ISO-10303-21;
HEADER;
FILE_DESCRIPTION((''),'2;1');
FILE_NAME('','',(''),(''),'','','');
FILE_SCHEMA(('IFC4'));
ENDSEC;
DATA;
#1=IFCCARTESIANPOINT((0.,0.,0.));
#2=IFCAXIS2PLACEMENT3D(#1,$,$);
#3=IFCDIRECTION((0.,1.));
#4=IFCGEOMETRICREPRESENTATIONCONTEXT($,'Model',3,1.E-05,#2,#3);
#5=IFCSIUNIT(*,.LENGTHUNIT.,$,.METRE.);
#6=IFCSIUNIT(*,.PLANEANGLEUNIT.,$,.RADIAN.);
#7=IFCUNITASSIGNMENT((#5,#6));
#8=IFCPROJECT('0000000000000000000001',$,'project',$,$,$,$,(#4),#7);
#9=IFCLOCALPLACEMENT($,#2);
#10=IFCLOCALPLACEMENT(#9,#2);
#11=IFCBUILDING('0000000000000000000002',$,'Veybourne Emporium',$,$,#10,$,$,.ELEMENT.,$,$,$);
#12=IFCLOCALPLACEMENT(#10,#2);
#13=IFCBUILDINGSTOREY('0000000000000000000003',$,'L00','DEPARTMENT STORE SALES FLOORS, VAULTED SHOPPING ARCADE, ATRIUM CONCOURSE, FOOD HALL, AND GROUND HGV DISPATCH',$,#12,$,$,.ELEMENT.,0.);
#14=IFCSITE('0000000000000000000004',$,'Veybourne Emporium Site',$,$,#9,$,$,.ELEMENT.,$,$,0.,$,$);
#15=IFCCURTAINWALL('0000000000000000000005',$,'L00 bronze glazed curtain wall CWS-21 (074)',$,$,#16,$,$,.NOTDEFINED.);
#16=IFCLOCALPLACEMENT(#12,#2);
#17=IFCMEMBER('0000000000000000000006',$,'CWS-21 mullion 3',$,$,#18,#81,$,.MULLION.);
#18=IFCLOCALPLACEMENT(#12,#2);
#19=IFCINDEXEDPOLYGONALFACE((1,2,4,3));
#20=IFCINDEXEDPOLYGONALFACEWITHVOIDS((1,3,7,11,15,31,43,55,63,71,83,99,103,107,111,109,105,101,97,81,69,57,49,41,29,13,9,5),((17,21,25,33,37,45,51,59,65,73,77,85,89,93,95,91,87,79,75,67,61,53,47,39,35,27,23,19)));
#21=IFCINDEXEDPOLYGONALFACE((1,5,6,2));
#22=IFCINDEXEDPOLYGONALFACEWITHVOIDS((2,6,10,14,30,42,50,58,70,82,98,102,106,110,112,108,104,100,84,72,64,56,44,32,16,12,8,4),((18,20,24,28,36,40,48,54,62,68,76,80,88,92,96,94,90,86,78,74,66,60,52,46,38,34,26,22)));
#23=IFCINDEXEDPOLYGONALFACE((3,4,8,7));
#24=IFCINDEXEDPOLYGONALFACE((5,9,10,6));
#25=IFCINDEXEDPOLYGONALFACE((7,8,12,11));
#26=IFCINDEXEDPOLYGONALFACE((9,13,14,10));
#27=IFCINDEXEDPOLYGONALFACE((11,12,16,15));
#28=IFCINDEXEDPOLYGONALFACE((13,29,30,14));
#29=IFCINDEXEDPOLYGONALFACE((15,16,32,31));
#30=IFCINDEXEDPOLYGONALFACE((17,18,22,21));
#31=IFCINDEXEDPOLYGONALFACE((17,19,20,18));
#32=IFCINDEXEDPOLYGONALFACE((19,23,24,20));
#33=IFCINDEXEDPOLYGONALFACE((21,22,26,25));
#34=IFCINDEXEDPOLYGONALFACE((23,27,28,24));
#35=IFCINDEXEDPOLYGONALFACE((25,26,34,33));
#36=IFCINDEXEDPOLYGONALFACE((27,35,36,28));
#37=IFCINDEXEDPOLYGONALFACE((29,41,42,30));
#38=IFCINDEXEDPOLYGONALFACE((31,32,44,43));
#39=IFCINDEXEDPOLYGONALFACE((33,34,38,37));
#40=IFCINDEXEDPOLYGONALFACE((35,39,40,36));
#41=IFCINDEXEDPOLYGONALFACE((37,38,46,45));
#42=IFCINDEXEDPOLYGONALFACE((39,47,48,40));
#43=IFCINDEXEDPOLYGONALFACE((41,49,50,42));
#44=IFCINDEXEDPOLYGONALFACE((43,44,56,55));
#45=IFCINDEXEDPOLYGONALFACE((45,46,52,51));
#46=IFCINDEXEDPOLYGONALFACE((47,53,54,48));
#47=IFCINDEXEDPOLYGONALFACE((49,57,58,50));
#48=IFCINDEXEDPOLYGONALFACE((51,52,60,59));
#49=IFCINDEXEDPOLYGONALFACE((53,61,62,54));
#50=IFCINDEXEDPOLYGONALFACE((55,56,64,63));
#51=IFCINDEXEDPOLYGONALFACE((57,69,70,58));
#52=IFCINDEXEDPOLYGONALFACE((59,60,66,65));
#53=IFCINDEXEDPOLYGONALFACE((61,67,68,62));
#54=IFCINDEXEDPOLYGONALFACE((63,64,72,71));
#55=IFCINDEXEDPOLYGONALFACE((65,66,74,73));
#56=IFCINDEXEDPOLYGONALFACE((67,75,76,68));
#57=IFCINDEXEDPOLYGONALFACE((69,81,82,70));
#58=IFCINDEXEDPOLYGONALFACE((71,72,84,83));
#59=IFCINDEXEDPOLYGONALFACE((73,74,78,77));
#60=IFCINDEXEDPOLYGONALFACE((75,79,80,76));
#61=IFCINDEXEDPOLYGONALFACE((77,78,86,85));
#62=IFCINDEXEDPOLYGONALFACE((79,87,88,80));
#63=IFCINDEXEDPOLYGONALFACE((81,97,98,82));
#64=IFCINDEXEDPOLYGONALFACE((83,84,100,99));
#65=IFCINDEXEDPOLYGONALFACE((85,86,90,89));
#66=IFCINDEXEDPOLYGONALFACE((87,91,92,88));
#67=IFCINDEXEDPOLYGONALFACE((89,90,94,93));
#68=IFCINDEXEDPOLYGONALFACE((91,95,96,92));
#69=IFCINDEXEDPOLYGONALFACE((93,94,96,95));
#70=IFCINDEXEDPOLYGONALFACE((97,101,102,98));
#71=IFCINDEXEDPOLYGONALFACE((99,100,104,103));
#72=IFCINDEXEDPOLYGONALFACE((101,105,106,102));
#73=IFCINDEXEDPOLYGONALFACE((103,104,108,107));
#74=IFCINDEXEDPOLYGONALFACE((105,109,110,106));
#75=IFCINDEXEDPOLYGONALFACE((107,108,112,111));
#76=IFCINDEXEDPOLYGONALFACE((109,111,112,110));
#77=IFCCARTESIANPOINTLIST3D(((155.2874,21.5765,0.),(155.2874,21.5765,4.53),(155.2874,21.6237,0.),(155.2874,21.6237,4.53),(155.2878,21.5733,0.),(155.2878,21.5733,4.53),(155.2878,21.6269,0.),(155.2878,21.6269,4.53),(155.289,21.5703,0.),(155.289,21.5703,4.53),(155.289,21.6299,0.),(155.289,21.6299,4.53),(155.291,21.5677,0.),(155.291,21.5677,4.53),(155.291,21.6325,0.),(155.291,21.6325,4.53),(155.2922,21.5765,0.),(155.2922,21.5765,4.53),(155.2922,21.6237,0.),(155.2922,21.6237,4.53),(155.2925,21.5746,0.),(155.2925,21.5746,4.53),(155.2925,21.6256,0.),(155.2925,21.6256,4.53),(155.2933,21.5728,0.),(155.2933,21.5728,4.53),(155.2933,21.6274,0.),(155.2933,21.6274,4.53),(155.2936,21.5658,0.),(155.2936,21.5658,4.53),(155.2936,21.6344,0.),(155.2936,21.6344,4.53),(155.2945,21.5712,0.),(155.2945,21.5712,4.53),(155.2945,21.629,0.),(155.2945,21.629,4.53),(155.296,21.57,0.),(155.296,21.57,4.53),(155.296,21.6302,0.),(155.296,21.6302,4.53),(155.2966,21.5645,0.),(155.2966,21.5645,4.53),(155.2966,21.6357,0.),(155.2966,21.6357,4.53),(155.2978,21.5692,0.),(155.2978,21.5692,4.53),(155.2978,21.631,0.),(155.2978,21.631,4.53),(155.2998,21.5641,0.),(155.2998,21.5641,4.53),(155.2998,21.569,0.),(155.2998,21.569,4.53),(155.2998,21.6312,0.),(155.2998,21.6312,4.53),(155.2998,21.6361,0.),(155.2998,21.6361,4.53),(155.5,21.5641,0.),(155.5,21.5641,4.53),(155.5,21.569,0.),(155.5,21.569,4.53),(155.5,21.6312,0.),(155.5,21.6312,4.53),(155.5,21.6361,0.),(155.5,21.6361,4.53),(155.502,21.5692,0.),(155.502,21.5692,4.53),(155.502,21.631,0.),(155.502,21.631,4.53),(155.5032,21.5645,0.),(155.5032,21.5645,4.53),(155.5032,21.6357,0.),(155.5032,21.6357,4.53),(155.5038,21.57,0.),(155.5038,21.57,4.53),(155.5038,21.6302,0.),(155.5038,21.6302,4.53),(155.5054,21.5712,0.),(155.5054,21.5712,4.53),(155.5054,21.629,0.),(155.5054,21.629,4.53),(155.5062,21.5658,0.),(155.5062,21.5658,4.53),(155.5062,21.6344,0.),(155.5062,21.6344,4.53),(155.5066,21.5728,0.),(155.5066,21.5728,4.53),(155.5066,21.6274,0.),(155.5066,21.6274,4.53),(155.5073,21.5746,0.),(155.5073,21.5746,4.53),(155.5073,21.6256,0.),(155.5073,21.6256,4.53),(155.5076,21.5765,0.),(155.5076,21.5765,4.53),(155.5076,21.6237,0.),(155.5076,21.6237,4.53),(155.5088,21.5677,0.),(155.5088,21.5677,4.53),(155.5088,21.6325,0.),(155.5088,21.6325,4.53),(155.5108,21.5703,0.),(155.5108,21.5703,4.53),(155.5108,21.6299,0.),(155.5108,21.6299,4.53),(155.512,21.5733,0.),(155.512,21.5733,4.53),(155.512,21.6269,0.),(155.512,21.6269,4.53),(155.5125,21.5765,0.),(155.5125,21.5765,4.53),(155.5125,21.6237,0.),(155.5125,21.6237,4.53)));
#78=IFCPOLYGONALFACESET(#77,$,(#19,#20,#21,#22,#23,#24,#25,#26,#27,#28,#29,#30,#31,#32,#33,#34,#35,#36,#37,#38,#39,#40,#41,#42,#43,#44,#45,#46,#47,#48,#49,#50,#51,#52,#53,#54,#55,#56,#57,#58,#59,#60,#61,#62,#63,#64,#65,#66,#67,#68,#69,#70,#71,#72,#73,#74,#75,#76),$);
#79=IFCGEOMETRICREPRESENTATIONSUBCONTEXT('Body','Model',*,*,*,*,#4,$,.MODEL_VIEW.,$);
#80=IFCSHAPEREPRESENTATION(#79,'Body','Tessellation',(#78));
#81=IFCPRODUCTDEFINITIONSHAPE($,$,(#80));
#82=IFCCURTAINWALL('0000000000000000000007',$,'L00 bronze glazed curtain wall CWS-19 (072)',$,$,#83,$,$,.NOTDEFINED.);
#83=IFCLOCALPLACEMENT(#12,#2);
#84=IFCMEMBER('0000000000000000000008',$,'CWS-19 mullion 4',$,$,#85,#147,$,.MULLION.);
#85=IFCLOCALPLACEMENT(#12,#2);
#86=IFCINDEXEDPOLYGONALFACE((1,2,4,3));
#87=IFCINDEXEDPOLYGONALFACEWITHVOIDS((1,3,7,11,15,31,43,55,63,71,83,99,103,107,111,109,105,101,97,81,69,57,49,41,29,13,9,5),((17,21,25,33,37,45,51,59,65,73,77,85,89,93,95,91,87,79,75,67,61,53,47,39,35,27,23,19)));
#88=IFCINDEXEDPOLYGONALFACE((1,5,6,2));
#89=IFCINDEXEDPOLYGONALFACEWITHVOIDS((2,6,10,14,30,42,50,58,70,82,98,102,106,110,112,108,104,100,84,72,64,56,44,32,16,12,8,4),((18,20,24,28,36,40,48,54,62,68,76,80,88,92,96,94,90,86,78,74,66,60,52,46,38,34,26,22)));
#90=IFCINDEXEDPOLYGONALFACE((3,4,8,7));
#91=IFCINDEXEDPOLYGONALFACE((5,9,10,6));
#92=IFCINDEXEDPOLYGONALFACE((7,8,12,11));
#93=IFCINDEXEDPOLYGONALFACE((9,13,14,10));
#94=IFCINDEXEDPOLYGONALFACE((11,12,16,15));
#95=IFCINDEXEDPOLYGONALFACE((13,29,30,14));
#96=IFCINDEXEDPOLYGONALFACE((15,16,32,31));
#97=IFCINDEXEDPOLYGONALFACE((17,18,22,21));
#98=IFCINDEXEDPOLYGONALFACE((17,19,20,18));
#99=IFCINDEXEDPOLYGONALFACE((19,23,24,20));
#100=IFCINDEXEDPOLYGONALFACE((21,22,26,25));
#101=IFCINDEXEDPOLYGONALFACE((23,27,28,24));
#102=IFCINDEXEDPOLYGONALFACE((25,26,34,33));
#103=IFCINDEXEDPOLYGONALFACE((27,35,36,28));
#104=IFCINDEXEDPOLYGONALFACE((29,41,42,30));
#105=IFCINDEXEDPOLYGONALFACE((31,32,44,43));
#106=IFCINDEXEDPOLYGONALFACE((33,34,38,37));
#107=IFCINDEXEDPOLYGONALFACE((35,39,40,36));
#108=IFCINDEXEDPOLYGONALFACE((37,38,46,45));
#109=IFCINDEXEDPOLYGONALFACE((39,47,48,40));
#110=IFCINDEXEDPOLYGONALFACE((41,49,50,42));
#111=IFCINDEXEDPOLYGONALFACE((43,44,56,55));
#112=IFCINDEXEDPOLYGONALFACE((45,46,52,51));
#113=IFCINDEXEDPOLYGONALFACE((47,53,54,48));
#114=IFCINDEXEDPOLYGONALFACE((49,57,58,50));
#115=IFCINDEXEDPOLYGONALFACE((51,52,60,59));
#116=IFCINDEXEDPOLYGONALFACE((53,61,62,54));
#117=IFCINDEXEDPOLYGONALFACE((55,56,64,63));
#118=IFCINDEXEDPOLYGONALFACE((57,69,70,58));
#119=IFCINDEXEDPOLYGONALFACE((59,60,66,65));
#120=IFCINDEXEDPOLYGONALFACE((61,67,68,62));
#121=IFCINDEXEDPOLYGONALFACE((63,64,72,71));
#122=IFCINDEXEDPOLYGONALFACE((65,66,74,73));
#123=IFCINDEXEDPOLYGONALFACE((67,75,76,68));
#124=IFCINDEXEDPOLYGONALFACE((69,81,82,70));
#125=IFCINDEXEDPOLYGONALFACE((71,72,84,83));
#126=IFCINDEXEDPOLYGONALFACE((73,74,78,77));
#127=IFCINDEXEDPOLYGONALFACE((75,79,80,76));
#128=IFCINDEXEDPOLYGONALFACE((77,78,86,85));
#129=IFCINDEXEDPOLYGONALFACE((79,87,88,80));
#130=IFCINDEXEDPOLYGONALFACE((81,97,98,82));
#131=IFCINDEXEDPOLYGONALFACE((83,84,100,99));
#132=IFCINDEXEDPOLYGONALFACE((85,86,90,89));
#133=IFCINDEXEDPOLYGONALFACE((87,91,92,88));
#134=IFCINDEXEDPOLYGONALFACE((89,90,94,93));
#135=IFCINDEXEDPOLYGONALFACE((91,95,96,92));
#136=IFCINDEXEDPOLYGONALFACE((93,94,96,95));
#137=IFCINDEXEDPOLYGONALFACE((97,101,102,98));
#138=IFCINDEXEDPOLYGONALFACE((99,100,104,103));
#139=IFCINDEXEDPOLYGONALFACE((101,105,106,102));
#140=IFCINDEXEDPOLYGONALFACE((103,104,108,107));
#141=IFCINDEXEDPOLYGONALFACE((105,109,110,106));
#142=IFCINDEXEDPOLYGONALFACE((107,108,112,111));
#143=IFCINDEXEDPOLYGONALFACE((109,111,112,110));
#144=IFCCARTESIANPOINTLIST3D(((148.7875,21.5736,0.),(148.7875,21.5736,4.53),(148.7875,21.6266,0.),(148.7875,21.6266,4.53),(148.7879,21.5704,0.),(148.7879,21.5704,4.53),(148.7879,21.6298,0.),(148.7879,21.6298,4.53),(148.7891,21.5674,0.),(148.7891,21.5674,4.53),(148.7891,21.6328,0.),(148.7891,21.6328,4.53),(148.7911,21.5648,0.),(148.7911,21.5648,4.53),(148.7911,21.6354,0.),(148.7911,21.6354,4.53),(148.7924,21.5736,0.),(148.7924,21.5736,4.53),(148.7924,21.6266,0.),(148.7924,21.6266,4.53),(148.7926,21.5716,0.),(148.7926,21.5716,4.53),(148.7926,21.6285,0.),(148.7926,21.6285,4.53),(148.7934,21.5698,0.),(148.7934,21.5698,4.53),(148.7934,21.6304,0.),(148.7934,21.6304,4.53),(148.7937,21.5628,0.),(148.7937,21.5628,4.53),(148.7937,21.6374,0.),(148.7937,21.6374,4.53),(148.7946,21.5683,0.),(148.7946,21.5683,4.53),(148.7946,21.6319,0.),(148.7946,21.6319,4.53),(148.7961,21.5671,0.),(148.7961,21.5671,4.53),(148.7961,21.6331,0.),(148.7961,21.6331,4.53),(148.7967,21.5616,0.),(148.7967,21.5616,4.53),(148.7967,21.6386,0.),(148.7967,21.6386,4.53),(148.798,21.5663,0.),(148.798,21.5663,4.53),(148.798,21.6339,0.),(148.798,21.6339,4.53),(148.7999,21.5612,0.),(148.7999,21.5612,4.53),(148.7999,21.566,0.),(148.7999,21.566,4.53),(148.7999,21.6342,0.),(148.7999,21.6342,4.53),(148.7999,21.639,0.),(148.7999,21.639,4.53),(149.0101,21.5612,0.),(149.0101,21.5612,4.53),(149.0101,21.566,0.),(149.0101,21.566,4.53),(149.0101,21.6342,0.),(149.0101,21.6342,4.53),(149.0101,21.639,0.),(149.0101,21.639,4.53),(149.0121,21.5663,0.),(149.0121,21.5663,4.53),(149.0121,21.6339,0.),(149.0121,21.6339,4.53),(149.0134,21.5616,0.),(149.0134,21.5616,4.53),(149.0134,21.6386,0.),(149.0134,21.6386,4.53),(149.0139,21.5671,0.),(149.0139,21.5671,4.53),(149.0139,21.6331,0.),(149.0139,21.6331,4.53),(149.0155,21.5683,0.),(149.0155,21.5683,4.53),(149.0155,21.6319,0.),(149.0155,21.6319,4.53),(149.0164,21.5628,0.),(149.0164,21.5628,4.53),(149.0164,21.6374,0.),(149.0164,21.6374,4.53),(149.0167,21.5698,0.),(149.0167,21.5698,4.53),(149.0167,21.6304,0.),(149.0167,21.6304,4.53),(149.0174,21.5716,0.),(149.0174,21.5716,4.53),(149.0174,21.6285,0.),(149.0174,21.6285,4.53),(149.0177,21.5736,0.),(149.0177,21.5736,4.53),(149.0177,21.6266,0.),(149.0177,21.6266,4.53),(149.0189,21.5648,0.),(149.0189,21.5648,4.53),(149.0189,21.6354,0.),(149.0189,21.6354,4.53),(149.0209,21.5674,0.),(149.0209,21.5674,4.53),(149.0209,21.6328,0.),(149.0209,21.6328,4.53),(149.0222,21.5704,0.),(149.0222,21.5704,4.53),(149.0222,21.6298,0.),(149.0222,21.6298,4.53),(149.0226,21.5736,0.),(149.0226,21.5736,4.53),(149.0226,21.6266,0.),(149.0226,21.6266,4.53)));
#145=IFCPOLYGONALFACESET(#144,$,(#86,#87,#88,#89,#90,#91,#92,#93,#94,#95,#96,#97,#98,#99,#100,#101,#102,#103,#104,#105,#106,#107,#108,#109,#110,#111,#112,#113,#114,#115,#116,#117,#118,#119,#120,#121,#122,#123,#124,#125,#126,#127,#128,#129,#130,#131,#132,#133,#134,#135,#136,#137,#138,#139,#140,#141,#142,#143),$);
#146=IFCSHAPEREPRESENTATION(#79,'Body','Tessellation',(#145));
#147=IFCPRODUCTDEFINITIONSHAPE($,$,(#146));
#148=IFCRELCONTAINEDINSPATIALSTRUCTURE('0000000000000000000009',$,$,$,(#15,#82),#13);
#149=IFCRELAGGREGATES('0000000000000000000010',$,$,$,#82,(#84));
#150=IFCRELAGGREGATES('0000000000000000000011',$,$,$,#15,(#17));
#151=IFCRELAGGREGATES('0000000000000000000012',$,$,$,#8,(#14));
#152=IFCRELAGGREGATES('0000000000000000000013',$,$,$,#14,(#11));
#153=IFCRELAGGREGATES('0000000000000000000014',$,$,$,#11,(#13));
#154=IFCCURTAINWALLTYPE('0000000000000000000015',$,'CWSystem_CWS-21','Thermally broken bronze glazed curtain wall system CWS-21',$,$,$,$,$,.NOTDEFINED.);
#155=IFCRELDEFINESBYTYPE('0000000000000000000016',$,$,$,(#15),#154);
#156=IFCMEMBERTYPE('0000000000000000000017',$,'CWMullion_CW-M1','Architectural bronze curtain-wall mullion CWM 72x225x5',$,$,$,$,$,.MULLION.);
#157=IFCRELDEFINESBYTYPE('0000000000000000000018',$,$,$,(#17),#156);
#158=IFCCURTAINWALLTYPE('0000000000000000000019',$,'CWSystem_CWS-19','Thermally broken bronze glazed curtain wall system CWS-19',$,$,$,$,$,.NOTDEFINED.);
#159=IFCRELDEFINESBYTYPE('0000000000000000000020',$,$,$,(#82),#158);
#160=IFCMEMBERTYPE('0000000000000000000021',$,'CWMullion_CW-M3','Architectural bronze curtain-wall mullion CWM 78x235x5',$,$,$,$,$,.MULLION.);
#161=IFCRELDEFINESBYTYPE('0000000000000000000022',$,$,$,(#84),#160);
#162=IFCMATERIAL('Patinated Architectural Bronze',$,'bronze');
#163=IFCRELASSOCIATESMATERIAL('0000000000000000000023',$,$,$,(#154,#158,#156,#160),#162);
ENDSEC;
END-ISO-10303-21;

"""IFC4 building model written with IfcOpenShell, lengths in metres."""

from ifc_helpers import new_model, si_unit, direction, frame, origin, origin_2d, place, context, subcontext, project, spatial, hollow_rectangle, extrude, material, material_profile, profile_set, type_object, element, aggregate, save


model = new_model("IFC4")

# Units and contexts
model_context = context("Model", 3, precision=1e-05, world=origin(), true_north=direction((0.0, 1.0)))
body_context = subcontext(model_context, "Body", "Model", "MODEL_VIEW")
ifc_project = project(units=[si_unit("LENGTHUNIT", "METRE"), si_unit("PLANEANGLEUNIT", "RADIAN")], contexts=[model_context])

# Site, building, storey
site_placement = place(None, origin())
site = spatial("IfcSite", under=ifc_project, at=site_placement, Name="Veybourne Emporium Site", CompositionType="ELEMENT", RefElevation=0.0)
building_placement = place(site_placement, origin())
building = spatial("IfcBuilding", under=site, at=building_placement, Name="Veybourne Emporium", CompositionType="ELEMENT")
storey_placement = place(building_placement, origin())
storey = spatial("IfcBuildingStorey", under=building, at=storey_placement, Name="L00", Description="DEPARTMENT STORE SALES FLOORS, VAULTED SHOPPING ARCADE, ATRIUM CONCOURSE, FOOD HALL, AND GROUND HGV DISPATCH", CompositionType="ELEMENT", Elevation=0.0)

# Curtain walls, members
ifc_material_1 = material(Name="Patinated Architectural Bronze", Category="bronze")
curtain_wall_type_1 = type_object("IfcCurtainWallType", Name="CWSystem_CWS-21", Description="Thermally broken bronze glazed curtain wall system CWS-21", PredefinedType="NOTDEFINED", material=ifc_material_1)
curtain_wall_1_placement = place(storey_placement, origin())
curtain_wall_1 = element("IfcCurtainWall", 1, at=curtain_wall_1_placement, inside=storey, type_object=curtain_wall_type_1, Name="L00 bronze glazed curtain wall CWS-21 (074)", PredefinedType="NOTDEFINED")
ifc_material_profile_1 = material_profile(ifc_material_1, hollow_rectangle(XDim=0.072, YDim=0.2251, WallThickness=0.0049, InnerFilletRadius=0.0076, OuterFilletRadius=0.0125, at=origin_2d()), Name="CWM 72x225x5")
ifc_profile_set_1 = profile_set([ifc_material_profile_1], Name="Patinated Architectural Bronze")
member_type_1 = type_object("IfcMemberType", Name="CWMullion_CW-M1", Description="Architectural bronze curtain-wall mullion CWM 72x225x5", PredefinedType="MULLION", material=ifc_profile_set_1)
member_1_placement = place(storey_placement, frame((155.3999, 21.6001, 0.0), z_axis=(0.0, 0.0, 1.0), x_axis=(0.0, 1.0, 0.0)))
member_1 = element("IfcMember", 2, at=member_1_placement, type_object=member_type_1, Name="CWS-21 mullion 3", PredefinedType="MULLION", context=body_context, shape_type="SweptSolid", body=[
    extrude(hollow_rectangle(XDim=0.072, YDim=0.2251, WallThickness=0.0049, InnerFilletRadius=0.0076, OuterFilletRadius=0.0125, at=origin_2d()), origin(), (0.0, 0.0, 1.0), 4.53),
])
curtain_wall_type_2 = type_object("IfcCurtainWallType", Name="CWSystem_CWS-19", Description="Thermally broken bronze glazed curtain wall system CWS-19", PredefinedType="NOTDEFINED", material=ifc_material_1)
curtain_wall_2_placement = place(storey_placement, origin())
curtain_wall_2 = element("IfcCurtainWall", 3, at=curtain_wall_2_placement, inside=storey, type_object=curtain_wall_type_2, Name="L00 bronze glazed curtain wall CWS-19 (072)", PredefinedType="NOTDEFINED")
ifc_material_profile_2 = material_profile(ifc_material_1, hollow_rectangle(XDim=0.0779, YDim=0.2351, WallThickness=0.0049, InnerFilletRadius=0.0076, OuterFilletRadius=0.0125, at=origin_2d()), Name="CWM 78x235x5")
ifc_profile_set_2 = profile_set([ifc_material_profile_2], Name="Patinated Architectural Bronze")
member_type_2 = type_object("IfcMemberType", Name="CWMullion_CW-M3", Description="Architectural bronze curtain-wall mullion CWM 78x235x5", PredefinedType="MULLION", material=ifc_profile_set_2)
member_2_placement = place(storey_placement, frame((148.905, 21.6001, 0.0), z_axis=(0.0, 0.0, 1.0), x_axis=(0.0, 1.0, 0.0)))
member_2 = element("IfcMember", 4, at=member_2_placement, type_object=member_type_2, Name="CWS-19 mullion 4", PredefinedType="MULLION", context=body_context, shape_type="SweptSolid", body=[
    extrude(hollow_rectangle(XDim=0.0779, YDim=0.2351, WallThickness=0.0049, InnerFilletRadius=0.0076, OuterFilletRadius=0.0125, at=origin_2d()), origin(), (0.0, 0.0, 1.0), 4.53),
])

aggregate(curtain_wall_2, [member_2])
aggregate(curtain_wall_1, [member_1])

save(model, "model.ifc")
